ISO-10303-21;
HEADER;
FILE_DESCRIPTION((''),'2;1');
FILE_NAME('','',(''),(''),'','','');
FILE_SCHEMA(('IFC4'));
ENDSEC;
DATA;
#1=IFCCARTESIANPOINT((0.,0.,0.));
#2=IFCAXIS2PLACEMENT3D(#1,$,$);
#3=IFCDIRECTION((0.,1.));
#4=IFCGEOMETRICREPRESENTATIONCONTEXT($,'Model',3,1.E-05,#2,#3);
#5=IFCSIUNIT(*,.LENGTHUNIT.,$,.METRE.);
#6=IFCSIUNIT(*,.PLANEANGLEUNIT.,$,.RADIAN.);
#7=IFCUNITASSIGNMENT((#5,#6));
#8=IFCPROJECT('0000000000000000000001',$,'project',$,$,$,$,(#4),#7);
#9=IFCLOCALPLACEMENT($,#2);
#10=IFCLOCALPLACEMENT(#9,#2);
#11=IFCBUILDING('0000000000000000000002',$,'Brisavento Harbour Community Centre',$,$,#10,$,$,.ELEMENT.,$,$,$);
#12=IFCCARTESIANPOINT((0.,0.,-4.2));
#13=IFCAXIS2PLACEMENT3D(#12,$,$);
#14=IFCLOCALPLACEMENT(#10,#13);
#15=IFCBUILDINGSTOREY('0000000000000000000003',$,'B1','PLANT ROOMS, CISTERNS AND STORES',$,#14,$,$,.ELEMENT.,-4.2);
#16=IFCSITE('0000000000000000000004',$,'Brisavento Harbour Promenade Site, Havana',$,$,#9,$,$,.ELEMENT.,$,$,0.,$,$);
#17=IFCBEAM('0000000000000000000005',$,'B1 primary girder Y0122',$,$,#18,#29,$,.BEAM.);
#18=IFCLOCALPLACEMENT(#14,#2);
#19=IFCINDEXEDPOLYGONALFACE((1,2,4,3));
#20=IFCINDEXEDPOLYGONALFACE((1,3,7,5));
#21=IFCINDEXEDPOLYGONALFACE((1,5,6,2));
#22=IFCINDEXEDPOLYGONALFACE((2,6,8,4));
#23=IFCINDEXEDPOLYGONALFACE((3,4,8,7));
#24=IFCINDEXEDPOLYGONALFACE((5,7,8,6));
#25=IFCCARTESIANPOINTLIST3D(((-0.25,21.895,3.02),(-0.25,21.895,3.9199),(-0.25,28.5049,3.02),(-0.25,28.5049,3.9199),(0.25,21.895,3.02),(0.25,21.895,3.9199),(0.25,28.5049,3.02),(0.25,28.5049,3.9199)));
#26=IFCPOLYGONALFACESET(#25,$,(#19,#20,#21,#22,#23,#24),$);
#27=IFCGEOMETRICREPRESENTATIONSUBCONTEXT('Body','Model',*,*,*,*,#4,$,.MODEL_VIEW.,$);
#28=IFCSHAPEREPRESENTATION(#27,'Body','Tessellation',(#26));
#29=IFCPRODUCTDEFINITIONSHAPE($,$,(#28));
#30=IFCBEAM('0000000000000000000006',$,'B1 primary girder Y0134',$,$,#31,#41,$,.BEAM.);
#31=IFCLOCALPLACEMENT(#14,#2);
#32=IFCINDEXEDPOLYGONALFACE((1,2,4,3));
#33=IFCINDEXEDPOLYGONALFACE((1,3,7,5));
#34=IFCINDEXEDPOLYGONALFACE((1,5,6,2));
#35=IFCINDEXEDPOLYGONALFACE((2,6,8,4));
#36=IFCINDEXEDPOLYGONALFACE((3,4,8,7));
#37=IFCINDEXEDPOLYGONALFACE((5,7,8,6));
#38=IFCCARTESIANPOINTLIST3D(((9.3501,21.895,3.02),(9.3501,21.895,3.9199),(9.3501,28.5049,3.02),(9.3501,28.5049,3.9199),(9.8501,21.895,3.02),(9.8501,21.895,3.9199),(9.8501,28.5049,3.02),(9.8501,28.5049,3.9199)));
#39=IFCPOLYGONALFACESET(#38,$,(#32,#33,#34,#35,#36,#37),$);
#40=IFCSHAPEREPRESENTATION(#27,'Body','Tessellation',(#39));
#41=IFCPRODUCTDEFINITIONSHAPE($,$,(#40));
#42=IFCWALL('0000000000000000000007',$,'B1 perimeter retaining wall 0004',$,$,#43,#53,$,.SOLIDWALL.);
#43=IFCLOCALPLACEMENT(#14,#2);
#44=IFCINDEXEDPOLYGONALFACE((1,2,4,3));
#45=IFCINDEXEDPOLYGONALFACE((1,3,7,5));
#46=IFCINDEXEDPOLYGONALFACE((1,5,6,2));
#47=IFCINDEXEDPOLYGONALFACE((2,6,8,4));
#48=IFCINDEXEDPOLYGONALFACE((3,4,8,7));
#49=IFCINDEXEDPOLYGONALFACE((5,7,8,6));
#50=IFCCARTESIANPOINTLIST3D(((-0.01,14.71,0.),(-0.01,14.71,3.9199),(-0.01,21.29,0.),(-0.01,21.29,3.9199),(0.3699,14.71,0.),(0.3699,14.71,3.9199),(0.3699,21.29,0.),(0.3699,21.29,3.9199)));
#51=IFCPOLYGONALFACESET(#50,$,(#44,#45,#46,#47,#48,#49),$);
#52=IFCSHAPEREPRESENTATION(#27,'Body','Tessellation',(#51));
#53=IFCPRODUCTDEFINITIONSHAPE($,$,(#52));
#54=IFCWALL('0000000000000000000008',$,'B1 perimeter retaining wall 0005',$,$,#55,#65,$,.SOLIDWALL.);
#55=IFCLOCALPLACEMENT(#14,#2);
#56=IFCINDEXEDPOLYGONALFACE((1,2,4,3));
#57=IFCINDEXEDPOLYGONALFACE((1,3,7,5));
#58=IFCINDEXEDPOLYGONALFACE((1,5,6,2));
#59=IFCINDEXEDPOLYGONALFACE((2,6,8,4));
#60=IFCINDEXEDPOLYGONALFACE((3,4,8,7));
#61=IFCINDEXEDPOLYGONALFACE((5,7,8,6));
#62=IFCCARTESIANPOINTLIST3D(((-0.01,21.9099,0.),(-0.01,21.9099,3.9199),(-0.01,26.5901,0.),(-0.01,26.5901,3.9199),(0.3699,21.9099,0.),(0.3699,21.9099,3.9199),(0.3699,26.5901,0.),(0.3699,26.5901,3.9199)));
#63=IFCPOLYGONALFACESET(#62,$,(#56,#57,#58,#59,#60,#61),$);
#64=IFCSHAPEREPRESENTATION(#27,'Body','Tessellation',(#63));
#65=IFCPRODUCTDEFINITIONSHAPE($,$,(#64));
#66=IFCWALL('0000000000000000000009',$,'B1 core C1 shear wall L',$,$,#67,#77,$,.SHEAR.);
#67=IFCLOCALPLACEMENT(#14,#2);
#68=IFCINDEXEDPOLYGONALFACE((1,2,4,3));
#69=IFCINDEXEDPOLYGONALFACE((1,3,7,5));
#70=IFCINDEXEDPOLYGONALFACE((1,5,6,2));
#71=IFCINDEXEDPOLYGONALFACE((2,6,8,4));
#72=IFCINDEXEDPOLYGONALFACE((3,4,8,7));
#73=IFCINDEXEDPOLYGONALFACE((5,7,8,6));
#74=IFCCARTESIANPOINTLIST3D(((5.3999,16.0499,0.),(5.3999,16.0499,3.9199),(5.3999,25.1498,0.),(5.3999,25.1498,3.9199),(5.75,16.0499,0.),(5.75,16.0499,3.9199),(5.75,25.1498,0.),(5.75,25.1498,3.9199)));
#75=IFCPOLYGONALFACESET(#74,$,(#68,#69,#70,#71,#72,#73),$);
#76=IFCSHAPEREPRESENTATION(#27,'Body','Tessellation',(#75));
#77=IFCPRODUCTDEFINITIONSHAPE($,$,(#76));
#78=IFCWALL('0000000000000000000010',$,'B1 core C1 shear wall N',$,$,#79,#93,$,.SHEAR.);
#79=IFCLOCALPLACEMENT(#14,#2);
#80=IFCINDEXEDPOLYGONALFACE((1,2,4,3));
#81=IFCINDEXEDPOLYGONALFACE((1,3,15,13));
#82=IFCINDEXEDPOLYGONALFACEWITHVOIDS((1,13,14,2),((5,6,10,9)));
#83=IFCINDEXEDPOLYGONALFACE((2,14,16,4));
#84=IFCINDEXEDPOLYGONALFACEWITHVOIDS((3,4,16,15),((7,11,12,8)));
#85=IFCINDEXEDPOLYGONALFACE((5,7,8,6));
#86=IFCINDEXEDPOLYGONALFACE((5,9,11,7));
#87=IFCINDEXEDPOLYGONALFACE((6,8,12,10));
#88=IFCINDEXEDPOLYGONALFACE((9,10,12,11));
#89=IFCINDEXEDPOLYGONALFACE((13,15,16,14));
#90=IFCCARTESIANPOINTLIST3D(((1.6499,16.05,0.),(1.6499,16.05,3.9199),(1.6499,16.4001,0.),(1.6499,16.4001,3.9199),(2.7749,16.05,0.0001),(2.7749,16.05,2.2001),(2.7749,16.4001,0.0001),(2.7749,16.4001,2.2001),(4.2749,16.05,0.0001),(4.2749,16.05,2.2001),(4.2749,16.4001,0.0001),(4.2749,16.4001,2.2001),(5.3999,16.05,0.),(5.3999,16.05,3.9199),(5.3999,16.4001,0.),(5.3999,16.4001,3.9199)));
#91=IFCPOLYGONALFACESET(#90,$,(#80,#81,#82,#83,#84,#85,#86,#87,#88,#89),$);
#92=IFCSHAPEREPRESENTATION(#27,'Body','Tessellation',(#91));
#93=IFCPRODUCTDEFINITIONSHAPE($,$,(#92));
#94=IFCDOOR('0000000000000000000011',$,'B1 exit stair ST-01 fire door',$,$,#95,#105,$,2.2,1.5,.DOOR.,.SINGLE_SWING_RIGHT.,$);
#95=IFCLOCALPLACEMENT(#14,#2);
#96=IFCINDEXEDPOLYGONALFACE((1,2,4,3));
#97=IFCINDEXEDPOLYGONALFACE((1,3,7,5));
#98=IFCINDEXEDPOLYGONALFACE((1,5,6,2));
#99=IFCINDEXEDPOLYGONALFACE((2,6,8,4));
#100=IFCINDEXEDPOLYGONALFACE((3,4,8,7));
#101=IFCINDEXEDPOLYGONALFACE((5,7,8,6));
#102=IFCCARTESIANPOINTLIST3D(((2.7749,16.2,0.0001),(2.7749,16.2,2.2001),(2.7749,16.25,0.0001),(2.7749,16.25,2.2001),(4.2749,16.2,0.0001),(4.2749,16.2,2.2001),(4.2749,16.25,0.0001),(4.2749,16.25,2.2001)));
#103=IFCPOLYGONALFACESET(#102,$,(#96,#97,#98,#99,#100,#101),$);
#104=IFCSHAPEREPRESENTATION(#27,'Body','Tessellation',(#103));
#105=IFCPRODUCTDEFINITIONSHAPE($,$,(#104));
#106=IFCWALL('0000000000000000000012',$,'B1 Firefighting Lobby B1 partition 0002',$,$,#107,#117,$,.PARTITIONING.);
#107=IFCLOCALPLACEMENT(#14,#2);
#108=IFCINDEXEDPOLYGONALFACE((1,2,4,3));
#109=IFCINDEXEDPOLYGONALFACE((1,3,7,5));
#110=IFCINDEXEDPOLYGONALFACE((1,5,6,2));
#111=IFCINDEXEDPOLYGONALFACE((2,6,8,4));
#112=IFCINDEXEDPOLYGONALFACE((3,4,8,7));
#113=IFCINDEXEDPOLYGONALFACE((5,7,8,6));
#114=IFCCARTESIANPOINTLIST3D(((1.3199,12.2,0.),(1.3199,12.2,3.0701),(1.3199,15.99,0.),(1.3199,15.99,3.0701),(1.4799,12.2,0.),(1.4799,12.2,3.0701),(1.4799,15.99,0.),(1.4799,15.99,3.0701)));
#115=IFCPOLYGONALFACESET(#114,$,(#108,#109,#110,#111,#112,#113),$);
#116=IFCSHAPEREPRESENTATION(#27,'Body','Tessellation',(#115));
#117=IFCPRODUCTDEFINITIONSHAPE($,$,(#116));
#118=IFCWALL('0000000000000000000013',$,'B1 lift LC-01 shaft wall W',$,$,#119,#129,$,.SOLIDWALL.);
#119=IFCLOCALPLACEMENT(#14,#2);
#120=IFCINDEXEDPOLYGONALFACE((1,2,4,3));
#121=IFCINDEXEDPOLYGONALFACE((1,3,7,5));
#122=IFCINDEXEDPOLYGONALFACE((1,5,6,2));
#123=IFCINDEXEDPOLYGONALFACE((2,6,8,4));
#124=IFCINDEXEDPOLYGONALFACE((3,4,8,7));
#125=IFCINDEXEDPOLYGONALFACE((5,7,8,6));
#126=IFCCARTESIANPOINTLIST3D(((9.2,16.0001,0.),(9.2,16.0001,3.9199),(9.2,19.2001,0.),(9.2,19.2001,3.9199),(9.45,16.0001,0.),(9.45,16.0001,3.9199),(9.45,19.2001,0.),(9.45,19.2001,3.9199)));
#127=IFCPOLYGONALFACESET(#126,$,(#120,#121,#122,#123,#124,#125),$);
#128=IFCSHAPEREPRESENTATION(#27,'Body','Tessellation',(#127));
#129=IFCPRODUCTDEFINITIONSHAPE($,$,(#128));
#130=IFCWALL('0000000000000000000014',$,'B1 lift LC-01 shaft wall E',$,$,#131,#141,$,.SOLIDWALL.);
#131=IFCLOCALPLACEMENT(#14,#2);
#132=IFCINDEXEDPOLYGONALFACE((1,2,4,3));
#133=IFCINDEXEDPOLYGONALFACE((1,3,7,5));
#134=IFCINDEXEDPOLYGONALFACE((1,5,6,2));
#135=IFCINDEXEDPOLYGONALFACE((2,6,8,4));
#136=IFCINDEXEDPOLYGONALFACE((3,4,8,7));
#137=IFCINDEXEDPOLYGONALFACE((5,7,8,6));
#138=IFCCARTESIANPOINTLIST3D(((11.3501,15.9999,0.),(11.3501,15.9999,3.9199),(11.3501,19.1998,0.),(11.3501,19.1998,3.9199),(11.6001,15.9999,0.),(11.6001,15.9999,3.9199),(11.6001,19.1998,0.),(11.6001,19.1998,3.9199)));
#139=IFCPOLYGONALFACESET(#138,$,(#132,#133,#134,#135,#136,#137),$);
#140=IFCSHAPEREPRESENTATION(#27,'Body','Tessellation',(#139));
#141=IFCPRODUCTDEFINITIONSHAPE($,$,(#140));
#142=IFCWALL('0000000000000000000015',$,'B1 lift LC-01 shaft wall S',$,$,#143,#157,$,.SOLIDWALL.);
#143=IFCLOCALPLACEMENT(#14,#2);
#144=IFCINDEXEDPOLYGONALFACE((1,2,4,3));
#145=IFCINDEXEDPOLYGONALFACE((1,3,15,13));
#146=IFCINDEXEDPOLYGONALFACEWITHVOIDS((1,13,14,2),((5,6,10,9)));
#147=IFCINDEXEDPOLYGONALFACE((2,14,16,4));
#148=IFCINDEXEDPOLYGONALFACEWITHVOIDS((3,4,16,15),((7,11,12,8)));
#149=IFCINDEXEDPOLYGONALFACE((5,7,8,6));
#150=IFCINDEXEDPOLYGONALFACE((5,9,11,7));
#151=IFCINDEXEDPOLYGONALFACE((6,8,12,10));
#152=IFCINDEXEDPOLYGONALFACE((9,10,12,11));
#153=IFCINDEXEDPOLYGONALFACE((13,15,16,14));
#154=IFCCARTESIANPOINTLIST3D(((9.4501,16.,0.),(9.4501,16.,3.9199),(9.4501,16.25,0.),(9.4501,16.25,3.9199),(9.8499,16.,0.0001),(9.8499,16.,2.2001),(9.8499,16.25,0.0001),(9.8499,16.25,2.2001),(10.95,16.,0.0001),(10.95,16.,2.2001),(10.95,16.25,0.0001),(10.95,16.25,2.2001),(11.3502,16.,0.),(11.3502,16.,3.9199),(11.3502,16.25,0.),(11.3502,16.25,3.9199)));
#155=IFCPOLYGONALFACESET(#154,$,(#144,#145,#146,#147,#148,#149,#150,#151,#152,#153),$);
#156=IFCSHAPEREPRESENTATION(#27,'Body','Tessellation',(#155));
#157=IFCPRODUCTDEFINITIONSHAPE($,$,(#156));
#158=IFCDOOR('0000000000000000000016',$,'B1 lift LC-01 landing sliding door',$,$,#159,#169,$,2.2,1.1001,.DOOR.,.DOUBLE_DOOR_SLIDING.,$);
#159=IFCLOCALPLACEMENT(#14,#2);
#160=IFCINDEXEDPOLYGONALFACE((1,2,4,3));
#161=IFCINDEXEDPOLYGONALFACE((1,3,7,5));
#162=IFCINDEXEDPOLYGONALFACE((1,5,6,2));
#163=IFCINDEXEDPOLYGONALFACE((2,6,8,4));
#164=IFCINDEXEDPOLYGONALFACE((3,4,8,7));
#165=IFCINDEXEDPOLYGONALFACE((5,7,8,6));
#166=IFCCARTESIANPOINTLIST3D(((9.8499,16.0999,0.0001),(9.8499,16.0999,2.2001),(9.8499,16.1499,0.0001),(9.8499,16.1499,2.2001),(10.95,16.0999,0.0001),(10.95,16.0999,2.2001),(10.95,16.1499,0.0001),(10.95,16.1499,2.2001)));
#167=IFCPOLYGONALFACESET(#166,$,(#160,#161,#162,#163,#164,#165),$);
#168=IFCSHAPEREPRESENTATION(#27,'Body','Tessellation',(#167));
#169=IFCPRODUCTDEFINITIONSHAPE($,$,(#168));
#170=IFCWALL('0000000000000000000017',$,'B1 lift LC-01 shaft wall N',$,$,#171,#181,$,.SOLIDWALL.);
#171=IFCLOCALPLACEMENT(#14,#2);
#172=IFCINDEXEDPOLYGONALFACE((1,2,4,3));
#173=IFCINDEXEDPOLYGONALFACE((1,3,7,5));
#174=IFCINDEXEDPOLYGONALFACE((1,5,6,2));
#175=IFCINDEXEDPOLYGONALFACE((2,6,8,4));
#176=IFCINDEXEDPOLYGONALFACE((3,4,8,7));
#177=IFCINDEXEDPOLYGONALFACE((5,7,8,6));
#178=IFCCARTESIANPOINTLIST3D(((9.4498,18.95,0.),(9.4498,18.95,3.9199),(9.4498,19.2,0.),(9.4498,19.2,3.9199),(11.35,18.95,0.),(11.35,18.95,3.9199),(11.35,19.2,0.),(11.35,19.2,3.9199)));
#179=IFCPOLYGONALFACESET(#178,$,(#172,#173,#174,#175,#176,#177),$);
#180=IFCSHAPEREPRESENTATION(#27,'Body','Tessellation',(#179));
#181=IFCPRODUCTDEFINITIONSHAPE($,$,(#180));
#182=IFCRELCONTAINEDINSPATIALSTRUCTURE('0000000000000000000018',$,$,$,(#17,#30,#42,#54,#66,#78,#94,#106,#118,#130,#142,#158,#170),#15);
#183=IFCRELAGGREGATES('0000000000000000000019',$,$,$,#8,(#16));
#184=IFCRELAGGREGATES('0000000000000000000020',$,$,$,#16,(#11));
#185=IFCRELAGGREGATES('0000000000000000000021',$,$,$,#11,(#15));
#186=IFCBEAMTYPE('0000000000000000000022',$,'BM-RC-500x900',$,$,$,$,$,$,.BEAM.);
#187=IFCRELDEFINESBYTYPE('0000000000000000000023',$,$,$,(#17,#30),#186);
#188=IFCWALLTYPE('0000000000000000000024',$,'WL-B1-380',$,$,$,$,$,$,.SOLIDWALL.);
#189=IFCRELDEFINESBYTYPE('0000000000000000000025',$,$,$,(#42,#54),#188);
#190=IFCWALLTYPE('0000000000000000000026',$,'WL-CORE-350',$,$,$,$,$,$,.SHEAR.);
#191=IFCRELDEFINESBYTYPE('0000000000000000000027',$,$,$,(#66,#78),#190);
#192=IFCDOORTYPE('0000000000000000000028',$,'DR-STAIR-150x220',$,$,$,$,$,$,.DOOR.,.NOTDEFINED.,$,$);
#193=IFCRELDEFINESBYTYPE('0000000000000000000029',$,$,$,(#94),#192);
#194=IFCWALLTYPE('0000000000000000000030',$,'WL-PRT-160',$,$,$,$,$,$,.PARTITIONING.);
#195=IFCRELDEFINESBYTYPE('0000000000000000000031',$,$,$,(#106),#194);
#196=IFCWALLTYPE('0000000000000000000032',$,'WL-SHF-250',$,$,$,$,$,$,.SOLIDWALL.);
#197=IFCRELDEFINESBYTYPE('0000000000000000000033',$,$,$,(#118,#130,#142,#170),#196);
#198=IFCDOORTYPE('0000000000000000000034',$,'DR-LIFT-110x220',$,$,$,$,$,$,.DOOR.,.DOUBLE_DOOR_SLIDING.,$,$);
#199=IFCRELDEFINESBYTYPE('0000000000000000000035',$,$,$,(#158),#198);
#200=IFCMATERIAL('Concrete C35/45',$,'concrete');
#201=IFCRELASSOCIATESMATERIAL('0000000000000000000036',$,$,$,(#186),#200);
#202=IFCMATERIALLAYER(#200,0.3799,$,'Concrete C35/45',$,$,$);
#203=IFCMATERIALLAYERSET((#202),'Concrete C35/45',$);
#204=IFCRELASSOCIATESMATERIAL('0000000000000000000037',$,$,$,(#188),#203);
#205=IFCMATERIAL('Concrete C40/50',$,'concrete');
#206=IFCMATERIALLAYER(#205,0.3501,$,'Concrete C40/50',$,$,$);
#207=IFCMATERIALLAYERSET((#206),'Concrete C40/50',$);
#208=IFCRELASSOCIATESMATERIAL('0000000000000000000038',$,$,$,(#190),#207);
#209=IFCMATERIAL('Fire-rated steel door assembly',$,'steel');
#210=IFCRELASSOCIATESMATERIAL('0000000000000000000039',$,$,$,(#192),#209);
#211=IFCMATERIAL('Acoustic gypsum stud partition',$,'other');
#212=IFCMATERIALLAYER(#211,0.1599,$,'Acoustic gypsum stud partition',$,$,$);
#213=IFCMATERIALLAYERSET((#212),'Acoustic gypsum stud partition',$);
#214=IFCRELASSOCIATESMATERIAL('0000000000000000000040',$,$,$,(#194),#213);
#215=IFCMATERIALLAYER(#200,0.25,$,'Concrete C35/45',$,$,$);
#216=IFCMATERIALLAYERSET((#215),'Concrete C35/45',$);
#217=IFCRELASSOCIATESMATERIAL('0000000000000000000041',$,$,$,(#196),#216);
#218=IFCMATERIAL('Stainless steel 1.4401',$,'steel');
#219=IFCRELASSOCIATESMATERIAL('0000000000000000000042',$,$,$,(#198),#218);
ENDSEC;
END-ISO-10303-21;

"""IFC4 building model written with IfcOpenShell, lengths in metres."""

from ifc_helpers import new_model, si_unit, direction, frame, frame_2d, origin, origin_2d, place, context, subcontext, project, spatial, rectangle, extrude, material, layer, layer_set, material_profile, profile_set, type_object, element, fill, save


model = new_model("IFC4")

# Units and contexts
model_context = context("Model", 3, precision=1e-05, world=origin(), true_north=direction((0.0, 1.0)))
body_context = subcontext(model_context, "Body", "Model", "MODEL_VIEW")
ifc_project = project(units=[si_unit("LENGTHUNIT", "METRE"), si_unit("PLANEANGLEUNIT", "RADIAN")], contexts=[model_context])

# Site, building, storey
site_placement = place(None, origin())
site = spatial("IfcSite", under=ifc_project, at=site_placement, Name="Brisavento Harbour Promenade Site, Havana", CompositionType="ELEMENT", RefElevation=0.0)
building_placement = place(site_placement, origin())
building = spatial("IfcBuilding", under=site, at=building_placement, Name="Brisavento Harbour Community Centre", CompositionType="ELEMENT")
storey_placement = place(building_placement, frame((0.0, 0.0, -4.2)))
storey = spatial("IfcBuildingStorey", under=building, at=storey_placement, Name="B1", Description="PLANT ROOMS, CISTERNS AND STORES", CompositionType="ELEMENT", Elevation=-4.2)

# Shared definitions
ifc_material_1 = material(Name="Concrete C35/45", Category="concrete")

# Shared definitions
ifc_material_2 = material(Name="Concrete C40/50", Category="concrete")

# Beams
ifc_material_profile_1 = material_profile(ifc_material_1, rectangle(XDim=0.5, YDim=0.8999, at=origin_2d()), Name="Concrete C35/45")
ifc_profile_set_1 = profile_set([ifc_material_profile_1], Name="Concrete C35/45")
beam_type_1 = type_object("IfcBeamType", Name="BM-RC-500x900", PredefinedType="BEAM", material=ifc_profile_set_1)
for number, where, z_axis, x_axis, name in (
    (1, (0.0, 21.895, 3.47), (0.0, 1.0, 0.0), (-1.0, 0.0, 0.0), "B1 primary girder Y0122"),
    (2, (9.6001, 21.895, 3.47), (0.0, 1.0, 0.0), (-1.0, 0.0, 0.0), "B1 primary girder Y0134"),
):
    element("IfcBeam", number, at=place(storey_placement, frame(where, z_axis=z_axis, x_axis=x_axis)), inside=storey, type_object=beam_type_1, Name=name, PredefinedType="BEAM", context=body_context, shape_type="SweptSolid", body=[
        extrude(rectangle(XDim=0.5, YDim=0.8999, at=origin_2d()), origin(), (0.0, 0.0, 1.0), 6.6099),
    ])

# Walls
ifc_layer_1 = layer(ifc_material_1, 0.3799, Name="Concrete C35/45")
ifc_layer_set_1 = layer_set([ifc_layer_1], Name="Concrete C35/45")
wall_type_1 = type_object("IfcWallType", Name="WL-B1-380", PredefinedType="SOLIDWALL", material=ifc_layer_set_1)
wall_1_placement = place(storey_placement, frame((0.1799, 14.71, 0.0), z_axis=(0.0, 0.0, 1.0), x_axis=(0.0, 1.0, 0.0)))
element("IfcWall", 3, at=wall_1_placement, inside=storey, type_object=wall_type_1, Name="B1 perimeter retaining wall 0004", PredefinedType="SOLIDWALL", context=body_context, shape_type="SweptSolid", body=[
    extrude(rectangle(XDim=6.5801, YDim=0.3799, at=frame_2d((3.29, 0.0))), origin(), (0.0, 0.0, 1.0), 3.9199),
])
wall_2_placement = place(storey_placement, frame((0.1799, 21.9099, 0.0), z_axis=(0.0, 0.0, 1.0), x_axis=(0.0, 1.0, 0.0)))
element("IfcWall", 4, at=wall_2_placement, inside=storey, type_object=wall_type_1, Name="B1 perimeter retaining wall 0005", PredefinedType="SOLIDWALL", context=body_context, shape_type="SweptSolid", body=[
    extrude(rectangle(XDim=4.6802, YDim=0.3799, at=frame_2d((2.3401, 0.0))), origin(), (0.0, 0.0, 1.0), 3.9199),
])
ifc_layer_2 = layer(ifc_material_2, 0.3501, Name="Concrete C40/50")
ifc_layer_set_2 = layer_set([ifc_layer_2], Name="Concrete C40/50")
wall_type_2 = type_object("IfcWallType", Name="WL-CORE-350", PredefinedType="SHEAR", material=ifc_layer_set_2)
wall_3_placement = place(storey_placement, frame((5.575, 16.05, 0.0), z_axis=(0.0, 0.0, 1.0), x_axis=(0.0, 1.0, 0.0)))
element("IfcWall", 5, at=wall_3_placement, inside=storey, type_object=wall_type_2, Name="B1 core C1 shear wall L", PredefinedType="SHEAR", context=body_context, shape_type="SweptSolid", body=[
    extrude(rectangle(XDim=9.0999, YDim=0.3501, at=frame_2d((4.5498, 0.0))), origin(), (0.0, 0.0, 1.0), 3.9199),
])

# Wall, opening, door
wall_4_placement = place(storey_placement, frame((1.6499, 16.2251, 0.0), z_axis=(0.0, 0.0, 1.0), x_axis=(1.0, 0.0, 0.0)))
wall_4 = element("IfcWall", 6, at=wall_4_placement, inside=storey, type_object=wall_type_2, Name="B1 core C1 shear wall N", PredefinedType="SHEAR", context=body_context, shape_type="SweptSolid", body=[
    extrude(rectangle(XDim=3.75, YDim=0.3501, at=frame_2d((1.875, 0.0))), origin(), (0.0, 0.0, 1.0), 3.9199),
])
opening_1_placement = place(wall_4_placement, frame((1.125, 0.0, 0.0)))
opening_1 = element("IfcOpeningElement", 7, at=opening_1_placement, cuts=wall_4, PredefinedType="OPENING", context=body_context, shape_type="SweptSolid", body=[
    extrude(rectangle(XDim=1.5, YDim=2.2, at=frame_2d((0.75, 1.1001))), frame((0.0, 0.1851, 0.0), z_axis=(0.0, -1.0, 0.0), x_axis=(1.0, 0.0, 0.0)), (0.0, 0.0, 1.0), 0.3701),
])
ifc_material_3 = material(Name="Fire-rated steel door assembly", Category="steel")
door_type_1 = type_object("IfcDoorType", Name="DR-STAIR-150x220", OperationType="NOTDEFINED", PredefinedType="DOOR", material=ifc_material_3)
door_1_placement = place(opening_1_placement, origin())
door_1 = element("IfcDoor", 8, at=door_1_placement, inside=storey, type_object=door_type_1, Name="B1 exit stair ST-01 fire door", OperationType="SINGLE_SWING_RIGHT", OverallHeight=2.2, OverallWidth=1.5, PredefinedType="DOOR", context=body_context, shape_type="SweptSolid", body=[
    extrude(rectangle(XDim=1.5, YDim=2.2, at=frame_2d((0.75, 1.1001))), frame((0.0, 0.0249, 0.0), z_axis=(0.0, -1.0, 0.0), x_axis=(1.0, 0.0, 0.0)), (0.0, 0.0, 1.0), 0.05),
])
fill(opening_1, door_1)

# Walls
ifc_material_4 = material(Name="Acoustic gypsum stud partition", Category="other")
ifc_layer_3 = layer(ifc_material_4, 0.1599, Name="Acoustic gypsum stud partition")
ifc_layer_set_3 = layer_set([ifc_layer_3], Name="Acoustic gypsum stud partition")
wall_type_3 = type_object("IfcWallType", Name="WL-PRT-160", PredefinedType="PARTITIONING", material=ifc_layer_set_3)
wall_5_placement = place(storey_placement, frame((1.3999, 15.99, 0.0), z_axis=(0.0, 0.0, 1.0), x_axis=(0.0, -1.0, 0.0)))
element("IfcWall", 9, at=wall_5_placement, inside=storey, type_object=wall_type_3, Name="B1 Firefighting Lobby B1 partition 0002", PredefinedType="PARTITIONING", context=body_context, shape_type="SweptSolid", body=[
    extrude(rectangle(XDim=3.79, YDim=0.1599, at=frame_2d((1.895, 0.0))), origin(), (0.0, 0.0, 1.0), 3.0701),
])
ifc_layer_4 = layer(ifc_material_1, 0.25, Name="Concrete C35/45")
ifc_layer_set_4 = layer_set([ifc_layer_4], Name="Concrete C35/45")
wall_type_4 = type_object("IfcWallType", Name="WL-SHF-250", PredefinedType="SOLIDWALL", material=ifc_layer_set_4)
for number, where, z_axis, x_axis, name in (
    (10, (9.325, 16.0, 0.0), (0.0, 0.0, 1.0), (0.0, 1.0, 0.0), "B1 lift LC-01 shaft wall W"),
    (11, (11.4751, 19.2, 0.0), (0.0, 0.0, 1.0), (0.0, -1.0, 0.0), "B1 lift LC-01 shaft wall E"),
):
    element("IfcWall", number, at=place(storey_placement, frame(where, z_axis=z_axis, x_axis=x_axis)), inside=storey, type_object=wall_type_4, Name=name, PredefinedType="SOLIDWALL", context=body_context, shape_type="SweptSolid", body=[
        extrude(rectangle(XDim=3.2, YDim=0.25, at=frame_2d((1.6001, 0.0))), origin(), (0.0, 0.0, 1.0), 3.9199),
    ])

# Wall, opening, door
wall_6_placement = place(storey_placement, frame((9.45, 16.125, 0.0), z_axis=(0.0, 0.0, 1.0), x_axis=(1.0, 0.0, 0.0)))
wall_6 = element("IfcWall", 12, at=wall_6_placement, inside=storey, type_object=wall_type_4, Name="B1 lift LC-01 shaft wall S", PredefinedType="SOLIDWALL", context=body_context, shape_type="SweptSolid", body=[
    extrude(rectangle(XDim=1.9001, YDim=0.25, at=frame_2d((0.9502, 0.0))), origin(), (0.0, 0.0, 1.0), 3.9199),
])
opening_2_placement = place(wall_6_placement, frame((0.3999, 0.0, 0.0)))
opening_2 = element("IfcOpeningElement", 13, at=opening_2_placement, cuts=wall_6, PredefinedType="OPENING", context=body_context, shape_type="SweptSolid", body=[
    extrude(rectangle(XDim=1.1001, YDim=2.2, at=frame_2d((0.55, 1.1001))), frame((0.0, 0.135, 0.0), z_axis=(0.0, -1.0, 0.0), x_axis=(1.0, 0.0, 0.0)), (0.0, 0.0, 1.0), 0.27),
])
ifc_material_5 = material(Name="Stainless steel 1.4401", Category="steel")
door_type_2 = type_object("IfcDoorType", Name="DR-LIFT-110x220", OperationType="DOUBLE_DOOR_SLIDING", PredefinedType="DOOR", material=ifc_material_5)
door_2_placement = place(opening_2_placement, origin())
door_2 = element("IfcDoor", 14, at=door_2_placement, inside=storey, type_object=door_type_2, Name="B1 lift LC-01 landing sliding door", OperationType="DOUBLE_DOOR_SLIDING", OverallHeight=2.2, OverallWidth=1.1001, PredefinedType="DOOR", context=body_context, shape_type="SweptSolid", body=[
    extrude(rectangle(XDim=1.1001, YDim=2.2, at=frame_2d((0.55, 1.1001))), frame((0.0, 0.0249, 0.0), z_axis=(0.0, -1.0, 0.0), x_axis=(1.0, 0.0, 0.0)), (0.0, 0.0, 1.0), 0.05),
])
fill(opening_2, door_2)

# Wall
wall_7_placement = place(storey_placement, frame((11.3501, 19.075, 0.0), z_axis=(0.0, 0.0, 1.0), x_axis=(-1.0, 0.0, 0.0)))
element("IfcWall", 15, at=wall_7_placement, inside=storey, type_object=wall_type_4, Name="B1 lift LC-01 shaft wall N", PredefinedType="SOLIDWALL", context=body_context, shape_type="SweptSolid", body=[
    extrude(rectangle(XDim=1.9001, YDim=0.25, at=frame_2d((0.9502, 0.0))), origin(), (0.0, 0.0, 1.0), 3.9199),
])

save(model, "model.ifc")
